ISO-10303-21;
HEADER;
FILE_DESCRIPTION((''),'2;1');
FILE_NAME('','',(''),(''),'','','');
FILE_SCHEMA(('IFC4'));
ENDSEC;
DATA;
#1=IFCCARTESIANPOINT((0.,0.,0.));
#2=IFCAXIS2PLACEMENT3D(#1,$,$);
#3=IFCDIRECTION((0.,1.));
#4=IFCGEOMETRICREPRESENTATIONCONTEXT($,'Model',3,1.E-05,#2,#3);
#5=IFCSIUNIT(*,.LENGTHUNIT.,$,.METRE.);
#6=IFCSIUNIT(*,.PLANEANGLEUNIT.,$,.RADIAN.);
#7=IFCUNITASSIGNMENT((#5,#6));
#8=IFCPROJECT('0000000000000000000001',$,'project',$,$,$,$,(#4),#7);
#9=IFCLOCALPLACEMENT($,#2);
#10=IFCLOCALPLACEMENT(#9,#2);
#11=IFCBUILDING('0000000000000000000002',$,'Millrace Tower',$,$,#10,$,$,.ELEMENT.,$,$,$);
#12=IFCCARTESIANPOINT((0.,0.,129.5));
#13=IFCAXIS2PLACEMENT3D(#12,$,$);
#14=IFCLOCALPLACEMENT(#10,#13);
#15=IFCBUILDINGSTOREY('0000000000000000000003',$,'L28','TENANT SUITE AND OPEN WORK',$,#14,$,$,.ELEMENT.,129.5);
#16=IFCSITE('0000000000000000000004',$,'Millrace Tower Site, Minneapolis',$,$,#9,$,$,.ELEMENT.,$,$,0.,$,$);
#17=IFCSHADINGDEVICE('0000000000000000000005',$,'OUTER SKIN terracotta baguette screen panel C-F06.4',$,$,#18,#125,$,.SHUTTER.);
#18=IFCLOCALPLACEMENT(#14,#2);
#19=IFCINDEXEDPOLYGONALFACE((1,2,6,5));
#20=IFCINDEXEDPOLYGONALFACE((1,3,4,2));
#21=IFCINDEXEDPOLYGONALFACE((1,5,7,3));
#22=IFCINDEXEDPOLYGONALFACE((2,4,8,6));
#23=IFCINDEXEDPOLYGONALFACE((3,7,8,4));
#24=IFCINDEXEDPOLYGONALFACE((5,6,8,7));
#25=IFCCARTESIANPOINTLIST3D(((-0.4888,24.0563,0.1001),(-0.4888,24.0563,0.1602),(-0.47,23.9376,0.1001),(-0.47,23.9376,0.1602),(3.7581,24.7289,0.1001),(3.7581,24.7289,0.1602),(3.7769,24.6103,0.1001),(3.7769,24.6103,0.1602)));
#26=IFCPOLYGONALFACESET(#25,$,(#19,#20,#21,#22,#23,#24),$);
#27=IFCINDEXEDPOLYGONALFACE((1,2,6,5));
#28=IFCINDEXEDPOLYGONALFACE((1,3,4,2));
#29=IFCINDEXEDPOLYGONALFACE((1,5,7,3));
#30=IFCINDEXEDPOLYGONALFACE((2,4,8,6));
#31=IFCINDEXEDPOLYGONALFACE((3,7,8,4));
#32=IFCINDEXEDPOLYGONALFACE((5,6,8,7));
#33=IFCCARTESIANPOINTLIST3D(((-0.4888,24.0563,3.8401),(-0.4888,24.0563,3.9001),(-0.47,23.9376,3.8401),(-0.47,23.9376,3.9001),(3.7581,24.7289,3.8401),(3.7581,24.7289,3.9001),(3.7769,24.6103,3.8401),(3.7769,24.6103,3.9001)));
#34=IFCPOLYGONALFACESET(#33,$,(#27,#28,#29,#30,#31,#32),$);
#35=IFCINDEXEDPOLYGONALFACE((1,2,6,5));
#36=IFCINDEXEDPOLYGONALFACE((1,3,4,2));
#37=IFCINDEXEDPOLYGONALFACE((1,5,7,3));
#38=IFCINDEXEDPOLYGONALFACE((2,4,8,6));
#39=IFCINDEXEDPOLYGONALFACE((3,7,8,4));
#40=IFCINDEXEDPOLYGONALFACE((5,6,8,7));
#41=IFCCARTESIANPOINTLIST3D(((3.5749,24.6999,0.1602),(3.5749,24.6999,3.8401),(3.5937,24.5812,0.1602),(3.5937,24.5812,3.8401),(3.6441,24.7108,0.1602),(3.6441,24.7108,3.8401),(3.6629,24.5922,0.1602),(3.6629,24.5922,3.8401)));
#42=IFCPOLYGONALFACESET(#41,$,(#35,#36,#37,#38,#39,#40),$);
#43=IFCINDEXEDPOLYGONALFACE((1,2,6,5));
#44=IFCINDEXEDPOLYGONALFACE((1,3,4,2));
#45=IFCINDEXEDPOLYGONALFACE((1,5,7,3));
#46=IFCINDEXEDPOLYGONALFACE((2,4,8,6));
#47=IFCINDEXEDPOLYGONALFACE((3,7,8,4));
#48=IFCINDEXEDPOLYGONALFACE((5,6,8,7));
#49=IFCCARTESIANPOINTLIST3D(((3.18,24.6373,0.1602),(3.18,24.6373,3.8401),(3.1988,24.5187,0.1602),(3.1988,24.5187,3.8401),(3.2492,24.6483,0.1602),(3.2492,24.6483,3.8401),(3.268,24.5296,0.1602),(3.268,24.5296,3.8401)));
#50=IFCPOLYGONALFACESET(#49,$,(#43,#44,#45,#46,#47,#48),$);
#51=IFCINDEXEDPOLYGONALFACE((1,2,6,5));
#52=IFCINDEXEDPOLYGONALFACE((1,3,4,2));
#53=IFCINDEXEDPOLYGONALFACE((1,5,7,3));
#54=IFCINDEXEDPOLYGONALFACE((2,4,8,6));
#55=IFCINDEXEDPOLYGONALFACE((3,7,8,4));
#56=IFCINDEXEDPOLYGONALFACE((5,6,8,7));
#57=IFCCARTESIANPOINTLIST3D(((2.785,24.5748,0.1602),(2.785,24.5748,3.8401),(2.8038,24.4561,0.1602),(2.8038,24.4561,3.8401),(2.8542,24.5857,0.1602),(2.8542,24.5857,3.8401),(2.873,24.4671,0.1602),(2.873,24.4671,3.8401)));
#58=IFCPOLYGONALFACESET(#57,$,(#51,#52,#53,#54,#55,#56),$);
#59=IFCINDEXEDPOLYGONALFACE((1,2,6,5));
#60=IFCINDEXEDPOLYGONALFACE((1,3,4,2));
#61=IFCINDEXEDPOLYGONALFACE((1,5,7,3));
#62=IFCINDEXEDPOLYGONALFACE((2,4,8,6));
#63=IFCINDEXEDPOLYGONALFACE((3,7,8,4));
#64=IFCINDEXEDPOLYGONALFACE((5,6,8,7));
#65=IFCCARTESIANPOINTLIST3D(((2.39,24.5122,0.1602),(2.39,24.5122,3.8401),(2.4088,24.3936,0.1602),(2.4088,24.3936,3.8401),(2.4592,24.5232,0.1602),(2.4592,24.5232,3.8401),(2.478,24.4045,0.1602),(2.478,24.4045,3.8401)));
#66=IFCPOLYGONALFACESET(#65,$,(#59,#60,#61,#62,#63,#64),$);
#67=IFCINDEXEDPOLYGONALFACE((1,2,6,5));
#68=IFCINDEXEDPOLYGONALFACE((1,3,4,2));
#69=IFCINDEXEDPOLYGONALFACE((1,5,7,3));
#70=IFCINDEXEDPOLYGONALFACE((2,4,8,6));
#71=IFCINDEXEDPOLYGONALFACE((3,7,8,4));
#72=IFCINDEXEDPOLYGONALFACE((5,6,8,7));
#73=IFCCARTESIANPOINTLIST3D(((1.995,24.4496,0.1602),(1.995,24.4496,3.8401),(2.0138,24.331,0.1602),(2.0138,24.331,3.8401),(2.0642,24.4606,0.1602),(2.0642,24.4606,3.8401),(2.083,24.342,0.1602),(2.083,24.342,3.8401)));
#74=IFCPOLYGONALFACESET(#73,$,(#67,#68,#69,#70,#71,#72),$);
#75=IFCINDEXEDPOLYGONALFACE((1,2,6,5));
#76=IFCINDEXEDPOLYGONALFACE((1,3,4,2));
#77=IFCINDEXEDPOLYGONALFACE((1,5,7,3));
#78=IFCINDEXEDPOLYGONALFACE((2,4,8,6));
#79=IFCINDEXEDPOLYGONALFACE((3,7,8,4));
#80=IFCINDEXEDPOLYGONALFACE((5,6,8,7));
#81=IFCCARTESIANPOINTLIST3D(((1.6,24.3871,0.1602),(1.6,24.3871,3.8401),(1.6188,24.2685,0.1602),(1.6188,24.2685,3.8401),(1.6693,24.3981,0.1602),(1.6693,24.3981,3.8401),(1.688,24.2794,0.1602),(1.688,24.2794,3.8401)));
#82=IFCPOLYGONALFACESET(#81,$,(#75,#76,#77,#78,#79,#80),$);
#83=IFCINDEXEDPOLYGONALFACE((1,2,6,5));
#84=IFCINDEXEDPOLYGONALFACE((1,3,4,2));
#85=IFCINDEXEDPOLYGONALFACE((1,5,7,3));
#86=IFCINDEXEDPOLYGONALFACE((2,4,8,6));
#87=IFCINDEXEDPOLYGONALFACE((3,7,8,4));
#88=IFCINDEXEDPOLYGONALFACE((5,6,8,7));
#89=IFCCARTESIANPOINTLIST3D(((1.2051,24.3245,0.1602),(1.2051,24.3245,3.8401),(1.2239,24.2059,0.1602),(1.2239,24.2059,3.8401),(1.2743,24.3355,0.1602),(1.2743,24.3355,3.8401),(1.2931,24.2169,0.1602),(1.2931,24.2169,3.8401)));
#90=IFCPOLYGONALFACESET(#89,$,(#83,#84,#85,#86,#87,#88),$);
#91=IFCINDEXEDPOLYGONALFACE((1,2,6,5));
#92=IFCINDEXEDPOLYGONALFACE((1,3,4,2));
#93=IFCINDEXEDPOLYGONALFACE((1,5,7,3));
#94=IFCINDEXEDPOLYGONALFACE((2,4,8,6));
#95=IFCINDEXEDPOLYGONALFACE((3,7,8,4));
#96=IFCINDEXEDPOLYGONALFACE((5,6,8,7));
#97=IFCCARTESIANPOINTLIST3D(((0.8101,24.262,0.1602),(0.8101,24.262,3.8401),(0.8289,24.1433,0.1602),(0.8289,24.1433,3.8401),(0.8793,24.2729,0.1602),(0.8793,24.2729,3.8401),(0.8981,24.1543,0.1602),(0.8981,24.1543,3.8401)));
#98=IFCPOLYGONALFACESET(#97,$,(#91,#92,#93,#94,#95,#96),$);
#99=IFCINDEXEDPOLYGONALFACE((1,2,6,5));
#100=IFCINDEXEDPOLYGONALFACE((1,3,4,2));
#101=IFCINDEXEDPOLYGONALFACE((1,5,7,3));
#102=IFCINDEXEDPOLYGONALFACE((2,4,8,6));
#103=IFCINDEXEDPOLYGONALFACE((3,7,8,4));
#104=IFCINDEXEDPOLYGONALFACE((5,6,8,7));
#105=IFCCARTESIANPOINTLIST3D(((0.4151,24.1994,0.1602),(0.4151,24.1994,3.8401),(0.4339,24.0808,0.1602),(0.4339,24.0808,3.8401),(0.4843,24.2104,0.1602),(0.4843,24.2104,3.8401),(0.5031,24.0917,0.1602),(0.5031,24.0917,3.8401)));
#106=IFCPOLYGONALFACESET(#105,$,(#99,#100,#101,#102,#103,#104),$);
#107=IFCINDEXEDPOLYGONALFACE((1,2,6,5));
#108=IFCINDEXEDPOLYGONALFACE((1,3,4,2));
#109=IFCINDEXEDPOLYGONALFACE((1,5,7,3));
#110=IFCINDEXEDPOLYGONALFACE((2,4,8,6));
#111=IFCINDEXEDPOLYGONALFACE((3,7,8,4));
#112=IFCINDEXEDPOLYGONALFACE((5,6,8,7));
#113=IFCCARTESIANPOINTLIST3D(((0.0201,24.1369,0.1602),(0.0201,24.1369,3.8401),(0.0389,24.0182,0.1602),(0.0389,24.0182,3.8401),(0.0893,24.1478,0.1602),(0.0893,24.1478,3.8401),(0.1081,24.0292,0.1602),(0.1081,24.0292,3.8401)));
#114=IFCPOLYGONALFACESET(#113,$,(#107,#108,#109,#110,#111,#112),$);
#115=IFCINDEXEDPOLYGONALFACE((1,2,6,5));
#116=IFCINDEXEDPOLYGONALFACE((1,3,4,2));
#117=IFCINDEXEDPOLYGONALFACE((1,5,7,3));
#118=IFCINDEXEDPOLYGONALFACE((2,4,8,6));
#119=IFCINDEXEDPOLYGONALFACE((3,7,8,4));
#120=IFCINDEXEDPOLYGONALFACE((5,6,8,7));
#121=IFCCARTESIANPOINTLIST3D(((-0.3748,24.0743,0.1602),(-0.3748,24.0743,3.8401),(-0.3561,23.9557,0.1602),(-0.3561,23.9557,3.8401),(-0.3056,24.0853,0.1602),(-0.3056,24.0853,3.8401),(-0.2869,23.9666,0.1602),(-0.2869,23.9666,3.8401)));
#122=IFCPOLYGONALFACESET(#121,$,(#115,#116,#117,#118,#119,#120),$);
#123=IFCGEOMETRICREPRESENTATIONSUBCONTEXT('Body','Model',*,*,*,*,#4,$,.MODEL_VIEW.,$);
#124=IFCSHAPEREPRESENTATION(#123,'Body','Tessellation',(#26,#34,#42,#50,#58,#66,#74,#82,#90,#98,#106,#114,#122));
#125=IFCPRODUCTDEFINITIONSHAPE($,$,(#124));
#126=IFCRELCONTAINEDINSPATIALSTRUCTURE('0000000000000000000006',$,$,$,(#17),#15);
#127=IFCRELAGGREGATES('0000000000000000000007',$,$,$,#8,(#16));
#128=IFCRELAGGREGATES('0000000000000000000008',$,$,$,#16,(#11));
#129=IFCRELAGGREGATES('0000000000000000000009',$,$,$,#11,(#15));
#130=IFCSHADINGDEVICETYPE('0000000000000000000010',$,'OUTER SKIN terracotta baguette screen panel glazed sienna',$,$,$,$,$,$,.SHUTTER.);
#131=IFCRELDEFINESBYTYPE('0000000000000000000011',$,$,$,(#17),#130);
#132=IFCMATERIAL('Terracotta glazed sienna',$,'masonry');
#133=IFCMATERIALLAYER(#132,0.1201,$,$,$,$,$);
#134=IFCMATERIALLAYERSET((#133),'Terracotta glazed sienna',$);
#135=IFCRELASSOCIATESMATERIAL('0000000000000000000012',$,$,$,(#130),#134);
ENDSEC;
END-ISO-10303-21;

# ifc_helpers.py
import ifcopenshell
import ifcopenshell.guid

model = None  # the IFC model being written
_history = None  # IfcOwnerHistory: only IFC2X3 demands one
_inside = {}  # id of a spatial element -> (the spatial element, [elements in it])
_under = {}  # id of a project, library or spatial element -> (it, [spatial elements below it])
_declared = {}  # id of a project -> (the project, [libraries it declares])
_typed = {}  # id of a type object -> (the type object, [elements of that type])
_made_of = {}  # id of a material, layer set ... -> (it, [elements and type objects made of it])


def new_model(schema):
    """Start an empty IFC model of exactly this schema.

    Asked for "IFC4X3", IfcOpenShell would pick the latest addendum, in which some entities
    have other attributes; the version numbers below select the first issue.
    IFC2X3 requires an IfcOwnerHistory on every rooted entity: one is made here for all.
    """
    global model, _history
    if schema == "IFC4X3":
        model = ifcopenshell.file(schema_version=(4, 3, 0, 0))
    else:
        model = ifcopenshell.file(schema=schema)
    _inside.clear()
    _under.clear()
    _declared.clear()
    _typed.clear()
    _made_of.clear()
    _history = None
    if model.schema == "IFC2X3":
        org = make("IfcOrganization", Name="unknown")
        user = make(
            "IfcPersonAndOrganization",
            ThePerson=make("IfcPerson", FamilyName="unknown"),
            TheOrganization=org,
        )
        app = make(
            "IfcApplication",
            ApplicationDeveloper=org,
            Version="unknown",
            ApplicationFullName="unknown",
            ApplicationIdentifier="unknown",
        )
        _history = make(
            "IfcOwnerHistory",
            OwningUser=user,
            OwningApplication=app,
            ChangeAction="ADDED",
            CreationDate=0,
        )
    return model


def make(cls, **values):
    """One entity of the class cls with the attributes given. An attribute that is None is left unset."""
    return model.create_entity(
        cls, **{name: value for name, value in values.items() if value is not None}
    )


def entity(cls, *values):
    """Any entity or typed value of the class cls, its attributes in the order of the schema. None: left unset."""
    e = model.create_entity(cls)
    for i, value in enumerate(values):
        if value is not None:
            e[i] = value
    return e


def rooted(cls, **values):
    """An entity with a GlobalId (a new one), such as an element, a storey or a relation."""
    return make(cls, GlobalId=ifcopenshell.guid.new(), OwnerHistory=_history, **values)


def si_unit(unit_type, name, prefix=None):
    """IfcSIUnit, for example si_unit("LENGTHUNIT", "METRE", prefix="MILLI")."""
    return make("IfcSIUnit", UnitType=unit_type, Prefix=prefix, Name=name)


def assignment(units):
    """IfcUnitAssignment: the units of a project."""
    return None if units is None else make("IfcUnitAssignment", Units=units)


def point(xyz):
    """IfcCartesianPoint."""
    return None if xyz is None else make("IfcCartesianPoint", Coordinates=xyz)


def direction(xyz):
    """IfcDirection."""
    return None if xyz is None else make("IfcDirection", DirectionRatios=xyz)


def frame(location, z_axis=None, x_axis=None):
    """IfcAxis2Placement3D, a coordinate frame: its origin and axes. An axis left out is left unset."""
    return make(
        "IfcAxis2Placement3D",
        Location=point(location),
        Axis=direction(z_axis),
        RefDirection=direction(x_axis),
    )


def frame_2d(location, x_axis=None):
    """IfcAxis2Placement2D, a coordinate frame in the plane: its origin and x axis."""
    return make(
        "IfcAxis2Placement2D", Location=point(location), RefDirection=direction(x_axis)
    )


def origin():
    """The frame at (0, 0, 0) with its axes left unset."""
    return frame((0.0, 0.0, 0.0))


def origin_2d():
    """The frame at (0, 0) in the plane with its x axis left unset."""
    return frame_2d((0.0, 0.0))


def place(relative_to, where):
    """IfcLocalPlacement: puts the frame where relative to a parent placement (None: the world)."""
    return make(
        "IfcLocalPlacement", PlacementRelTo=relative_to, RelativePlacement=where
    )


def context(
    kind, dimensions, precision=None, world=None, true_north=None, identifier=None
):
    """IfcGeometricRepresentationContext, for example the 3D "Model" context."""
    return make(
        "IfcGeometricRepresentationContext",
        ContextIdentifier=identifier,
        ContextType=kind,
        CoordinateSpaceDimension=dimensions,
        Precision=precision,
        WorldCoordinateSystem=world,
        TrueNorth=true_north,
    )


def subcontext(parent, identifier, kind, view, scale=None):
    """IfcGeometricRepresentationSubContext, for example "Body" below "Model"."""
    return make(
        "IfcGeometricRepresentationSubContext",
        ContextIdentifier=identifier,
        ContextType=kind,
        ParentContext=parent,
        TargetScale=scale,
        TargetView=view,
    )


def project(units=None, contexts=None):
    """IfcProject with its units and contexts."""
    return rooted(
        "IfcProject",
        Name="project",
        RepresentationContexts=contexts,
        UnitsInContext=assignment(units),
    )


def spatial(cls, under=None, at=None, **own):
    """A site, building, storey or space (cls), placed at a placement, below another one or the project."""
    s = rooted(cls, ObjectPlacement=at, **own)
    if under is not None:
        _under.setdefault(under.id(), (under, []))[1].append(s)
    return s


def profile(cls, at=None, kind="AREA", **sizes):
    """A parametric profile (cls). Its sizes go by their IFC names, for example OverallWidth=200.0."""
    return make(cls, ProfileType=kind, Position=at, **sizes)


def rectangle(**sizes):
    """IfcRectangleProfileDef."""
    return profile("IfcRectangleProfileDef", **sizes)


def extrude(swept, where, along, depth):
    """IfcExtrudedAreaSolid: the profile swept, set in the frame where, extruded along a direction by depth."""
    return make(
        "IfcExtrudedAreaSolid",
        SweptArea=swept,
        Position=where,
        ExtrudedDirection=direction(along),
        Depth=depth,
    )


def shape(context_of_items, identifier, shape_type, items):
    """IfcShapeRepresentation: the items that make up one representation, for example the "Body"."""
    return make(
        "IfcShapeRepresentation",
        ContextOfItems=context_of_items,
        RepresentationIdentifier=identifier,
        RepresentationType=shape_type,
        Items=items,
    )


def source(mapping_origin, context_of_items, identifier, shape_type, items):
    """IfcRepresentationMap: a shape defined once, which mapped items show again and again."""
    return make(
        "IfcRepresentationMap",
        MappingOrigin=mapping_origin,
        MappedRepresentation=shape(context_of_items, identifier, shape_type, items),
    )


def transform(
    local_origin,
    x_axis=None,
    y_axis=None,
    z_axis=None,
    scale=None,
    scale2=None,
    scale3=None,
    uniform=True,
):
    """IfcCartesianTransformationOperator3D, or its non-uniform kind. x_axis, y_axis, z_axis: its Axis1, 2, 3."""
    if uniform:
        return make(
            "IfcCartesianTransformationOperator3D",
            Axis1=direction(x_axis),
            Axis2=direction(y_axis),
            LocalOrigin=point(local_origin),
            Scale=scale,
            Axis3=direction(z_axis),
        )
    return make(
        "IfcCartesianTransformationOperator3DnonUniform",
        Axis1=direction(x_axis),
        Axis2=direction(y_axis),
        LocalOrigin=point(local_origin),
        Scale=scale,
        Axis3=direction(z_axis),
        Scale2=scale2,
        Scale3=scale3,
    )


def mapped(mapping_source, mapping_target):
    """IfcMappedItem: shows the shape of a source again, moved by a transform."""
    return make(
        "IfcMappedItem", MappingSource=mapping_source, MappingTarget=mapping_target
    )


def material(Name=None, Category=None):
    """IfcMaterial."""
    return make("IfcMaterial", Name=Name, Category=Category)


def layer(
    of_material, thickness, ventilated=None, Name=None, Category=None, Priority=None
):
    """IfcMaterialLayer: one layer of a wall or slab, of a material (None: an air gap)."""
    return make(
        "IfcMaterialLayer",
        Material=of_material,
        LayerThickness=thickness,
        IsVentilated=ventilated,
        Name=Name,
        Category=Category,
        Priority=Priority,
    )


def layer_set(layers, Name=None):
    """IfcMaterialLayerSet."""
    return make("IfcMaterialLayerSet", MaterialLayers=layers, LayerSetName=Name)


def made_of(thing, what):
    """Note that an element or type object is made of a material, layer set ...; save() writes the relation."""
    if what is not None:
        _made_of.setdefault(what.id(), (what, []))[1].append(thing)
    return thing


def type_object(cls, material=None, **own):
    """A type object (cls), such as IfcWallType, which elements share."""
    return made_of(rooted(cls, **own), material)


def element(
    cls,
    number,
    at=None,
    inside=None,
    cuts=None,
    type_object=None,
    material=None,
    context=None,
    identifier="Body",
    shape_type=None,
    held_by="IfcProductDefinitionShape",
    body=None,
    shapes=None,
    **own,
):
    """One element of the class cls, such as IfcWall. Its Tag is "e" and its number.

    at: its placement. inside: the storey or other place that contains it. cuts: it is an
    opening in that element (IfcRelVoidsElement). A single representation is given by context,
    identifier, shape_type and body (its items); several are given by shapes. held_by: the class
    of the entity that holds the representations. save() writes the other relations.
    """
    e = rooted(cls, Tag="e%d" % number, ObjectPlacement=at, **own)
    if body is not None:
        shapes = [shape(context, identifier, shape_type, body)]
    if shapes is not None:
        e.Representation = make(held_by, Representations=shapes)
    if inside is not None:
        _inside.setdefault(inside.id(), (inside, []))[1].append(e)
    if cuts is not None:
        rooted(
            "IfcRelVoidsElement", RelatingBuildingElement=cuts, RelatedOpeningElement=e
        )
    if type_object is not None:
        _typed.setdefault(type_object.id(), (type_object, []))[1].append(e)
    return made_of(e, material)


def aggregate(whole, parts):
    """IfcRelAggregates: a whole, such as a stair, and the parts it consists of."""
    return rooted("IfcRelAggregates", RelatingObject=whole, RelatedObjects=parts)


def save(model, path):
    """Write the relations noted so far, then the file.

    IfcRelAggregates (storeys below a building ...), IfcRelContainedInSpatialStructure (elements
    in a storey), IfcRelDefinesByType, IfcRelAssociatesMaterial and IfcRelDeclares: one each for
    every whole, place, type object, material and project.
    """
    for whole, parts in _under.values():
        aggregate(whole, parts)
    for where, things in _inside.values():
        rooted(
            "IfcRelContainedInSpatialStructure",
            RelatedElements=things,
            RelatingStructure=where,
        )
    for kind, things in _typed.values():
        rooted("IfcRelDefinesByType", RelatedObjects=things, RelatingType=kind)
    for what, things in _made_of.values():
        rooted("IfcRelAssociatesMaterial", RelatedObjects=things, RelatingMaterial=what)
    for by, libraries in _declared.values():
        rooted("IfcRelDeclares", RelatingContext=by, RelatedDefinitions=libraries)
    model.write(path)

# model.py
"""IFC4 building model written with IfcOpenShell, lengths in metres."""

from ifc_helpers import new_model, entity, si_unit, direction, frame, frame_2d, origin, origin_2d, place, context, subcontext, project, spatial, rectangle, extrude, source, transform, mapped, material, layer, layer_set, type_object, element, save


model = new_model("IFC4")

# Units and contexts
model_context = context("Model", 3, precision=1e-05, world=origin(), true_north=direction((0.0, 1.0)))
body_context = subcontext(model_context, "Body", "Model", "MODEL_VIEW")
ifc_project = project(units=[si_unit("LENGTHUNIT", "METRE"), si_unit("PLANEANGLEUNIT", "RADIAN")], contexts=[model_context])

# Site, building, storey
site_placement = place(None, origin())
site = spatial("IfcSite", under=ifc_project, at=site_placement, Name="Millrace Tower Site, Minneapolis", CompositionType="ELEMENT", RefElevation=0.0)
building_placement = place(site_placement, origin())
building = spatial("IfcBuilding", under=site, at=building_placement, Name="Millrace Tower", CompositionType="ELEMENT")
storey_placement = place(building_placement, frame((0.0, 0.0, 129.5)))
storey = spatial("IfcBuildingStorey", under=building, at=storey_placement, Name="L28", Description="TENANT SUITE AND OPEN WORK", CompositionType="ELEMENT", Elevation=129.5)

# Shading device
ifc_material_1 = material(Name="Terracotta glazed sienna", Category="masonry")
ifc_layer_1 = layer(ifc_material_1, 0.1201)
ifc_layer_set_1 = layer_set([ifc_layer_1], Name="Terracotta glazed sienna")
shading_device_type = type_object("IfcShadingDeviceType", Name="OUTER SKIN terracotta baguette screen panel glazed sienna", PredefinedType="SHUTTER", material=ifc_layer_set_1)
cartesian_point_1 = entity("IfcCartesianPoint", [-2.1499, 0.0601])
shared_polyline_1 = entity("IfcPolyline", [cartesian_point_1, entity("IfcCartesianPoint", [2.1499, 0.0601]), entity("IfcCartesianPoint", [2.1499, -0.0601]), entity("IfcCartesianPoint", [-2.1499, -0.0601]), cartesian_point_1])
shared_shape_1 = source(origin(), body_context, "Body", "SweptSolid", [
    entity("IfcExtrudedAreaSolid", entity("IfcArbitraryClosedProfileDef", "AREA", None, shared_polyline_1), entity("IfcAxis2Placement3D", entity("IfcCartesianPoint", [0.0, 0.0, 0.0])), entity("IfcDirection", [0.0, 0.0, 1.0]), 0.0601),
    entity("IfcExtrudedAreaSolid", entity("IfcArbitraryClosedProfileDef", "AREA", None, shared_polyline_1), entity("IfcAxis2Placement3D", entity("IfcCartesianPoint", [0.0, 0.0, 3.74])), entity("IfcDirection", [0.0, 0.0, 1.0]), 0.0601),
    extrude(rectangle(XDim=0.0701, YDim=0.1201, at=frame_2d((-1.9995, 0.0))), frame((0.0, 0.0, 0.0601)), (0.0, 0.0, 1.0), 3.6799),
    extrude(rectangle(XDim=0.0701, YDim=0.1201, at=frame_2d((-1.5996, 0.0))), frame((0.0, 0.0, 0.0601)), (0.0, 0.0, 1.0), 3.6799),
    extrude(rectangle(XDim=0.0701, YDim=0.1201, at=frame_2d((-1.1997, 0.0))), frame((0.0, 0.0, 0.0601)), (0.0, 0.0, 1.0), 3.6799),
    extrude(rectangle(XDim=0.0701, YDim=0.1201, at=frame_2d((-0.7998, 0.0))), frame((0.0, 0.0, 0.0601)), (0.0, 0.0, 1.0), 3.6799),
    extrude(rectangle(XDim=0.0701, YDim=0.1201, at=frame_2d((-0.3999, 0.0))), frame((0.0, 0.0, 0.0601)), (0.0, 0.0, 1.0), 3.6799),
    extrude(rectangle(XDim=0.0701, YDim=0.1201, at=origin_2d()), frame((0.0, 0.0, 0.0601)), (0.0, 0.0, 1.0), 3.6799),
    extrude(rectangle(XDim=0.0701, YDim=0.1201, at=frame_2d((0.3999, 0.0))), frame((0.0, 0.0, 0.0601)), (0.0, 0.0, 1.0), 3.6799),
    extrude(rectangle(XDim=0.0701, YDim=0.1201, at=frame_2d((0.7998, 0.0))), frame((0.0, 0.0, 0.0601)), (0.0, 0.0, 1.0), 3.6799),
    extrude(rectangle(XDim=0.0701, YDim=0.1201, at=frame_2d((1.1997, 0.0))), frame((0.0, 0.0, 0.0601)), (0.0, 0.0, 1.0), 3.6799),
    extrude(rectangle(XDim=0.0701, YDim=0.1201, at=frame_2d((1.5996, 0.0))), frame((0.0, 0.0, 0.0601)), (0.0, 0.0, 1.0), 3.6799),
    extrude(rectangle(XDim=0.0701, YDim=0.1201, at=frame_2d((1.9995, 0.0))), frame((0.0, 0.0, 0.0601)), (0.0, 0.0, 1.0), 3.6799),
])
for number, where, z_axis, x_axis, name in (
    (1, (1.644, 24.3333, 0.1001), (0.0, 0.0, 1.0), (-0.987688, -0.156434, 0.0), "OUTER SKIN terracotta baguette screen panel C-F06.4"),
):
    element("IfcShadingDevice", number, at=place(storey_placement, frame(where, z_axis=z_axis, x_axis=x_axis)), inside=storey, type_object=shading_device_type, Name=name, PredefinedType="SHUTTER", context=body_context, shape_type="MappedRepresentation", body=[
        mapped(shared_shape_1, transform((0.0, 0.0, 0.0), scale=1.0)),
    ])

save(model, "model.ifc")
